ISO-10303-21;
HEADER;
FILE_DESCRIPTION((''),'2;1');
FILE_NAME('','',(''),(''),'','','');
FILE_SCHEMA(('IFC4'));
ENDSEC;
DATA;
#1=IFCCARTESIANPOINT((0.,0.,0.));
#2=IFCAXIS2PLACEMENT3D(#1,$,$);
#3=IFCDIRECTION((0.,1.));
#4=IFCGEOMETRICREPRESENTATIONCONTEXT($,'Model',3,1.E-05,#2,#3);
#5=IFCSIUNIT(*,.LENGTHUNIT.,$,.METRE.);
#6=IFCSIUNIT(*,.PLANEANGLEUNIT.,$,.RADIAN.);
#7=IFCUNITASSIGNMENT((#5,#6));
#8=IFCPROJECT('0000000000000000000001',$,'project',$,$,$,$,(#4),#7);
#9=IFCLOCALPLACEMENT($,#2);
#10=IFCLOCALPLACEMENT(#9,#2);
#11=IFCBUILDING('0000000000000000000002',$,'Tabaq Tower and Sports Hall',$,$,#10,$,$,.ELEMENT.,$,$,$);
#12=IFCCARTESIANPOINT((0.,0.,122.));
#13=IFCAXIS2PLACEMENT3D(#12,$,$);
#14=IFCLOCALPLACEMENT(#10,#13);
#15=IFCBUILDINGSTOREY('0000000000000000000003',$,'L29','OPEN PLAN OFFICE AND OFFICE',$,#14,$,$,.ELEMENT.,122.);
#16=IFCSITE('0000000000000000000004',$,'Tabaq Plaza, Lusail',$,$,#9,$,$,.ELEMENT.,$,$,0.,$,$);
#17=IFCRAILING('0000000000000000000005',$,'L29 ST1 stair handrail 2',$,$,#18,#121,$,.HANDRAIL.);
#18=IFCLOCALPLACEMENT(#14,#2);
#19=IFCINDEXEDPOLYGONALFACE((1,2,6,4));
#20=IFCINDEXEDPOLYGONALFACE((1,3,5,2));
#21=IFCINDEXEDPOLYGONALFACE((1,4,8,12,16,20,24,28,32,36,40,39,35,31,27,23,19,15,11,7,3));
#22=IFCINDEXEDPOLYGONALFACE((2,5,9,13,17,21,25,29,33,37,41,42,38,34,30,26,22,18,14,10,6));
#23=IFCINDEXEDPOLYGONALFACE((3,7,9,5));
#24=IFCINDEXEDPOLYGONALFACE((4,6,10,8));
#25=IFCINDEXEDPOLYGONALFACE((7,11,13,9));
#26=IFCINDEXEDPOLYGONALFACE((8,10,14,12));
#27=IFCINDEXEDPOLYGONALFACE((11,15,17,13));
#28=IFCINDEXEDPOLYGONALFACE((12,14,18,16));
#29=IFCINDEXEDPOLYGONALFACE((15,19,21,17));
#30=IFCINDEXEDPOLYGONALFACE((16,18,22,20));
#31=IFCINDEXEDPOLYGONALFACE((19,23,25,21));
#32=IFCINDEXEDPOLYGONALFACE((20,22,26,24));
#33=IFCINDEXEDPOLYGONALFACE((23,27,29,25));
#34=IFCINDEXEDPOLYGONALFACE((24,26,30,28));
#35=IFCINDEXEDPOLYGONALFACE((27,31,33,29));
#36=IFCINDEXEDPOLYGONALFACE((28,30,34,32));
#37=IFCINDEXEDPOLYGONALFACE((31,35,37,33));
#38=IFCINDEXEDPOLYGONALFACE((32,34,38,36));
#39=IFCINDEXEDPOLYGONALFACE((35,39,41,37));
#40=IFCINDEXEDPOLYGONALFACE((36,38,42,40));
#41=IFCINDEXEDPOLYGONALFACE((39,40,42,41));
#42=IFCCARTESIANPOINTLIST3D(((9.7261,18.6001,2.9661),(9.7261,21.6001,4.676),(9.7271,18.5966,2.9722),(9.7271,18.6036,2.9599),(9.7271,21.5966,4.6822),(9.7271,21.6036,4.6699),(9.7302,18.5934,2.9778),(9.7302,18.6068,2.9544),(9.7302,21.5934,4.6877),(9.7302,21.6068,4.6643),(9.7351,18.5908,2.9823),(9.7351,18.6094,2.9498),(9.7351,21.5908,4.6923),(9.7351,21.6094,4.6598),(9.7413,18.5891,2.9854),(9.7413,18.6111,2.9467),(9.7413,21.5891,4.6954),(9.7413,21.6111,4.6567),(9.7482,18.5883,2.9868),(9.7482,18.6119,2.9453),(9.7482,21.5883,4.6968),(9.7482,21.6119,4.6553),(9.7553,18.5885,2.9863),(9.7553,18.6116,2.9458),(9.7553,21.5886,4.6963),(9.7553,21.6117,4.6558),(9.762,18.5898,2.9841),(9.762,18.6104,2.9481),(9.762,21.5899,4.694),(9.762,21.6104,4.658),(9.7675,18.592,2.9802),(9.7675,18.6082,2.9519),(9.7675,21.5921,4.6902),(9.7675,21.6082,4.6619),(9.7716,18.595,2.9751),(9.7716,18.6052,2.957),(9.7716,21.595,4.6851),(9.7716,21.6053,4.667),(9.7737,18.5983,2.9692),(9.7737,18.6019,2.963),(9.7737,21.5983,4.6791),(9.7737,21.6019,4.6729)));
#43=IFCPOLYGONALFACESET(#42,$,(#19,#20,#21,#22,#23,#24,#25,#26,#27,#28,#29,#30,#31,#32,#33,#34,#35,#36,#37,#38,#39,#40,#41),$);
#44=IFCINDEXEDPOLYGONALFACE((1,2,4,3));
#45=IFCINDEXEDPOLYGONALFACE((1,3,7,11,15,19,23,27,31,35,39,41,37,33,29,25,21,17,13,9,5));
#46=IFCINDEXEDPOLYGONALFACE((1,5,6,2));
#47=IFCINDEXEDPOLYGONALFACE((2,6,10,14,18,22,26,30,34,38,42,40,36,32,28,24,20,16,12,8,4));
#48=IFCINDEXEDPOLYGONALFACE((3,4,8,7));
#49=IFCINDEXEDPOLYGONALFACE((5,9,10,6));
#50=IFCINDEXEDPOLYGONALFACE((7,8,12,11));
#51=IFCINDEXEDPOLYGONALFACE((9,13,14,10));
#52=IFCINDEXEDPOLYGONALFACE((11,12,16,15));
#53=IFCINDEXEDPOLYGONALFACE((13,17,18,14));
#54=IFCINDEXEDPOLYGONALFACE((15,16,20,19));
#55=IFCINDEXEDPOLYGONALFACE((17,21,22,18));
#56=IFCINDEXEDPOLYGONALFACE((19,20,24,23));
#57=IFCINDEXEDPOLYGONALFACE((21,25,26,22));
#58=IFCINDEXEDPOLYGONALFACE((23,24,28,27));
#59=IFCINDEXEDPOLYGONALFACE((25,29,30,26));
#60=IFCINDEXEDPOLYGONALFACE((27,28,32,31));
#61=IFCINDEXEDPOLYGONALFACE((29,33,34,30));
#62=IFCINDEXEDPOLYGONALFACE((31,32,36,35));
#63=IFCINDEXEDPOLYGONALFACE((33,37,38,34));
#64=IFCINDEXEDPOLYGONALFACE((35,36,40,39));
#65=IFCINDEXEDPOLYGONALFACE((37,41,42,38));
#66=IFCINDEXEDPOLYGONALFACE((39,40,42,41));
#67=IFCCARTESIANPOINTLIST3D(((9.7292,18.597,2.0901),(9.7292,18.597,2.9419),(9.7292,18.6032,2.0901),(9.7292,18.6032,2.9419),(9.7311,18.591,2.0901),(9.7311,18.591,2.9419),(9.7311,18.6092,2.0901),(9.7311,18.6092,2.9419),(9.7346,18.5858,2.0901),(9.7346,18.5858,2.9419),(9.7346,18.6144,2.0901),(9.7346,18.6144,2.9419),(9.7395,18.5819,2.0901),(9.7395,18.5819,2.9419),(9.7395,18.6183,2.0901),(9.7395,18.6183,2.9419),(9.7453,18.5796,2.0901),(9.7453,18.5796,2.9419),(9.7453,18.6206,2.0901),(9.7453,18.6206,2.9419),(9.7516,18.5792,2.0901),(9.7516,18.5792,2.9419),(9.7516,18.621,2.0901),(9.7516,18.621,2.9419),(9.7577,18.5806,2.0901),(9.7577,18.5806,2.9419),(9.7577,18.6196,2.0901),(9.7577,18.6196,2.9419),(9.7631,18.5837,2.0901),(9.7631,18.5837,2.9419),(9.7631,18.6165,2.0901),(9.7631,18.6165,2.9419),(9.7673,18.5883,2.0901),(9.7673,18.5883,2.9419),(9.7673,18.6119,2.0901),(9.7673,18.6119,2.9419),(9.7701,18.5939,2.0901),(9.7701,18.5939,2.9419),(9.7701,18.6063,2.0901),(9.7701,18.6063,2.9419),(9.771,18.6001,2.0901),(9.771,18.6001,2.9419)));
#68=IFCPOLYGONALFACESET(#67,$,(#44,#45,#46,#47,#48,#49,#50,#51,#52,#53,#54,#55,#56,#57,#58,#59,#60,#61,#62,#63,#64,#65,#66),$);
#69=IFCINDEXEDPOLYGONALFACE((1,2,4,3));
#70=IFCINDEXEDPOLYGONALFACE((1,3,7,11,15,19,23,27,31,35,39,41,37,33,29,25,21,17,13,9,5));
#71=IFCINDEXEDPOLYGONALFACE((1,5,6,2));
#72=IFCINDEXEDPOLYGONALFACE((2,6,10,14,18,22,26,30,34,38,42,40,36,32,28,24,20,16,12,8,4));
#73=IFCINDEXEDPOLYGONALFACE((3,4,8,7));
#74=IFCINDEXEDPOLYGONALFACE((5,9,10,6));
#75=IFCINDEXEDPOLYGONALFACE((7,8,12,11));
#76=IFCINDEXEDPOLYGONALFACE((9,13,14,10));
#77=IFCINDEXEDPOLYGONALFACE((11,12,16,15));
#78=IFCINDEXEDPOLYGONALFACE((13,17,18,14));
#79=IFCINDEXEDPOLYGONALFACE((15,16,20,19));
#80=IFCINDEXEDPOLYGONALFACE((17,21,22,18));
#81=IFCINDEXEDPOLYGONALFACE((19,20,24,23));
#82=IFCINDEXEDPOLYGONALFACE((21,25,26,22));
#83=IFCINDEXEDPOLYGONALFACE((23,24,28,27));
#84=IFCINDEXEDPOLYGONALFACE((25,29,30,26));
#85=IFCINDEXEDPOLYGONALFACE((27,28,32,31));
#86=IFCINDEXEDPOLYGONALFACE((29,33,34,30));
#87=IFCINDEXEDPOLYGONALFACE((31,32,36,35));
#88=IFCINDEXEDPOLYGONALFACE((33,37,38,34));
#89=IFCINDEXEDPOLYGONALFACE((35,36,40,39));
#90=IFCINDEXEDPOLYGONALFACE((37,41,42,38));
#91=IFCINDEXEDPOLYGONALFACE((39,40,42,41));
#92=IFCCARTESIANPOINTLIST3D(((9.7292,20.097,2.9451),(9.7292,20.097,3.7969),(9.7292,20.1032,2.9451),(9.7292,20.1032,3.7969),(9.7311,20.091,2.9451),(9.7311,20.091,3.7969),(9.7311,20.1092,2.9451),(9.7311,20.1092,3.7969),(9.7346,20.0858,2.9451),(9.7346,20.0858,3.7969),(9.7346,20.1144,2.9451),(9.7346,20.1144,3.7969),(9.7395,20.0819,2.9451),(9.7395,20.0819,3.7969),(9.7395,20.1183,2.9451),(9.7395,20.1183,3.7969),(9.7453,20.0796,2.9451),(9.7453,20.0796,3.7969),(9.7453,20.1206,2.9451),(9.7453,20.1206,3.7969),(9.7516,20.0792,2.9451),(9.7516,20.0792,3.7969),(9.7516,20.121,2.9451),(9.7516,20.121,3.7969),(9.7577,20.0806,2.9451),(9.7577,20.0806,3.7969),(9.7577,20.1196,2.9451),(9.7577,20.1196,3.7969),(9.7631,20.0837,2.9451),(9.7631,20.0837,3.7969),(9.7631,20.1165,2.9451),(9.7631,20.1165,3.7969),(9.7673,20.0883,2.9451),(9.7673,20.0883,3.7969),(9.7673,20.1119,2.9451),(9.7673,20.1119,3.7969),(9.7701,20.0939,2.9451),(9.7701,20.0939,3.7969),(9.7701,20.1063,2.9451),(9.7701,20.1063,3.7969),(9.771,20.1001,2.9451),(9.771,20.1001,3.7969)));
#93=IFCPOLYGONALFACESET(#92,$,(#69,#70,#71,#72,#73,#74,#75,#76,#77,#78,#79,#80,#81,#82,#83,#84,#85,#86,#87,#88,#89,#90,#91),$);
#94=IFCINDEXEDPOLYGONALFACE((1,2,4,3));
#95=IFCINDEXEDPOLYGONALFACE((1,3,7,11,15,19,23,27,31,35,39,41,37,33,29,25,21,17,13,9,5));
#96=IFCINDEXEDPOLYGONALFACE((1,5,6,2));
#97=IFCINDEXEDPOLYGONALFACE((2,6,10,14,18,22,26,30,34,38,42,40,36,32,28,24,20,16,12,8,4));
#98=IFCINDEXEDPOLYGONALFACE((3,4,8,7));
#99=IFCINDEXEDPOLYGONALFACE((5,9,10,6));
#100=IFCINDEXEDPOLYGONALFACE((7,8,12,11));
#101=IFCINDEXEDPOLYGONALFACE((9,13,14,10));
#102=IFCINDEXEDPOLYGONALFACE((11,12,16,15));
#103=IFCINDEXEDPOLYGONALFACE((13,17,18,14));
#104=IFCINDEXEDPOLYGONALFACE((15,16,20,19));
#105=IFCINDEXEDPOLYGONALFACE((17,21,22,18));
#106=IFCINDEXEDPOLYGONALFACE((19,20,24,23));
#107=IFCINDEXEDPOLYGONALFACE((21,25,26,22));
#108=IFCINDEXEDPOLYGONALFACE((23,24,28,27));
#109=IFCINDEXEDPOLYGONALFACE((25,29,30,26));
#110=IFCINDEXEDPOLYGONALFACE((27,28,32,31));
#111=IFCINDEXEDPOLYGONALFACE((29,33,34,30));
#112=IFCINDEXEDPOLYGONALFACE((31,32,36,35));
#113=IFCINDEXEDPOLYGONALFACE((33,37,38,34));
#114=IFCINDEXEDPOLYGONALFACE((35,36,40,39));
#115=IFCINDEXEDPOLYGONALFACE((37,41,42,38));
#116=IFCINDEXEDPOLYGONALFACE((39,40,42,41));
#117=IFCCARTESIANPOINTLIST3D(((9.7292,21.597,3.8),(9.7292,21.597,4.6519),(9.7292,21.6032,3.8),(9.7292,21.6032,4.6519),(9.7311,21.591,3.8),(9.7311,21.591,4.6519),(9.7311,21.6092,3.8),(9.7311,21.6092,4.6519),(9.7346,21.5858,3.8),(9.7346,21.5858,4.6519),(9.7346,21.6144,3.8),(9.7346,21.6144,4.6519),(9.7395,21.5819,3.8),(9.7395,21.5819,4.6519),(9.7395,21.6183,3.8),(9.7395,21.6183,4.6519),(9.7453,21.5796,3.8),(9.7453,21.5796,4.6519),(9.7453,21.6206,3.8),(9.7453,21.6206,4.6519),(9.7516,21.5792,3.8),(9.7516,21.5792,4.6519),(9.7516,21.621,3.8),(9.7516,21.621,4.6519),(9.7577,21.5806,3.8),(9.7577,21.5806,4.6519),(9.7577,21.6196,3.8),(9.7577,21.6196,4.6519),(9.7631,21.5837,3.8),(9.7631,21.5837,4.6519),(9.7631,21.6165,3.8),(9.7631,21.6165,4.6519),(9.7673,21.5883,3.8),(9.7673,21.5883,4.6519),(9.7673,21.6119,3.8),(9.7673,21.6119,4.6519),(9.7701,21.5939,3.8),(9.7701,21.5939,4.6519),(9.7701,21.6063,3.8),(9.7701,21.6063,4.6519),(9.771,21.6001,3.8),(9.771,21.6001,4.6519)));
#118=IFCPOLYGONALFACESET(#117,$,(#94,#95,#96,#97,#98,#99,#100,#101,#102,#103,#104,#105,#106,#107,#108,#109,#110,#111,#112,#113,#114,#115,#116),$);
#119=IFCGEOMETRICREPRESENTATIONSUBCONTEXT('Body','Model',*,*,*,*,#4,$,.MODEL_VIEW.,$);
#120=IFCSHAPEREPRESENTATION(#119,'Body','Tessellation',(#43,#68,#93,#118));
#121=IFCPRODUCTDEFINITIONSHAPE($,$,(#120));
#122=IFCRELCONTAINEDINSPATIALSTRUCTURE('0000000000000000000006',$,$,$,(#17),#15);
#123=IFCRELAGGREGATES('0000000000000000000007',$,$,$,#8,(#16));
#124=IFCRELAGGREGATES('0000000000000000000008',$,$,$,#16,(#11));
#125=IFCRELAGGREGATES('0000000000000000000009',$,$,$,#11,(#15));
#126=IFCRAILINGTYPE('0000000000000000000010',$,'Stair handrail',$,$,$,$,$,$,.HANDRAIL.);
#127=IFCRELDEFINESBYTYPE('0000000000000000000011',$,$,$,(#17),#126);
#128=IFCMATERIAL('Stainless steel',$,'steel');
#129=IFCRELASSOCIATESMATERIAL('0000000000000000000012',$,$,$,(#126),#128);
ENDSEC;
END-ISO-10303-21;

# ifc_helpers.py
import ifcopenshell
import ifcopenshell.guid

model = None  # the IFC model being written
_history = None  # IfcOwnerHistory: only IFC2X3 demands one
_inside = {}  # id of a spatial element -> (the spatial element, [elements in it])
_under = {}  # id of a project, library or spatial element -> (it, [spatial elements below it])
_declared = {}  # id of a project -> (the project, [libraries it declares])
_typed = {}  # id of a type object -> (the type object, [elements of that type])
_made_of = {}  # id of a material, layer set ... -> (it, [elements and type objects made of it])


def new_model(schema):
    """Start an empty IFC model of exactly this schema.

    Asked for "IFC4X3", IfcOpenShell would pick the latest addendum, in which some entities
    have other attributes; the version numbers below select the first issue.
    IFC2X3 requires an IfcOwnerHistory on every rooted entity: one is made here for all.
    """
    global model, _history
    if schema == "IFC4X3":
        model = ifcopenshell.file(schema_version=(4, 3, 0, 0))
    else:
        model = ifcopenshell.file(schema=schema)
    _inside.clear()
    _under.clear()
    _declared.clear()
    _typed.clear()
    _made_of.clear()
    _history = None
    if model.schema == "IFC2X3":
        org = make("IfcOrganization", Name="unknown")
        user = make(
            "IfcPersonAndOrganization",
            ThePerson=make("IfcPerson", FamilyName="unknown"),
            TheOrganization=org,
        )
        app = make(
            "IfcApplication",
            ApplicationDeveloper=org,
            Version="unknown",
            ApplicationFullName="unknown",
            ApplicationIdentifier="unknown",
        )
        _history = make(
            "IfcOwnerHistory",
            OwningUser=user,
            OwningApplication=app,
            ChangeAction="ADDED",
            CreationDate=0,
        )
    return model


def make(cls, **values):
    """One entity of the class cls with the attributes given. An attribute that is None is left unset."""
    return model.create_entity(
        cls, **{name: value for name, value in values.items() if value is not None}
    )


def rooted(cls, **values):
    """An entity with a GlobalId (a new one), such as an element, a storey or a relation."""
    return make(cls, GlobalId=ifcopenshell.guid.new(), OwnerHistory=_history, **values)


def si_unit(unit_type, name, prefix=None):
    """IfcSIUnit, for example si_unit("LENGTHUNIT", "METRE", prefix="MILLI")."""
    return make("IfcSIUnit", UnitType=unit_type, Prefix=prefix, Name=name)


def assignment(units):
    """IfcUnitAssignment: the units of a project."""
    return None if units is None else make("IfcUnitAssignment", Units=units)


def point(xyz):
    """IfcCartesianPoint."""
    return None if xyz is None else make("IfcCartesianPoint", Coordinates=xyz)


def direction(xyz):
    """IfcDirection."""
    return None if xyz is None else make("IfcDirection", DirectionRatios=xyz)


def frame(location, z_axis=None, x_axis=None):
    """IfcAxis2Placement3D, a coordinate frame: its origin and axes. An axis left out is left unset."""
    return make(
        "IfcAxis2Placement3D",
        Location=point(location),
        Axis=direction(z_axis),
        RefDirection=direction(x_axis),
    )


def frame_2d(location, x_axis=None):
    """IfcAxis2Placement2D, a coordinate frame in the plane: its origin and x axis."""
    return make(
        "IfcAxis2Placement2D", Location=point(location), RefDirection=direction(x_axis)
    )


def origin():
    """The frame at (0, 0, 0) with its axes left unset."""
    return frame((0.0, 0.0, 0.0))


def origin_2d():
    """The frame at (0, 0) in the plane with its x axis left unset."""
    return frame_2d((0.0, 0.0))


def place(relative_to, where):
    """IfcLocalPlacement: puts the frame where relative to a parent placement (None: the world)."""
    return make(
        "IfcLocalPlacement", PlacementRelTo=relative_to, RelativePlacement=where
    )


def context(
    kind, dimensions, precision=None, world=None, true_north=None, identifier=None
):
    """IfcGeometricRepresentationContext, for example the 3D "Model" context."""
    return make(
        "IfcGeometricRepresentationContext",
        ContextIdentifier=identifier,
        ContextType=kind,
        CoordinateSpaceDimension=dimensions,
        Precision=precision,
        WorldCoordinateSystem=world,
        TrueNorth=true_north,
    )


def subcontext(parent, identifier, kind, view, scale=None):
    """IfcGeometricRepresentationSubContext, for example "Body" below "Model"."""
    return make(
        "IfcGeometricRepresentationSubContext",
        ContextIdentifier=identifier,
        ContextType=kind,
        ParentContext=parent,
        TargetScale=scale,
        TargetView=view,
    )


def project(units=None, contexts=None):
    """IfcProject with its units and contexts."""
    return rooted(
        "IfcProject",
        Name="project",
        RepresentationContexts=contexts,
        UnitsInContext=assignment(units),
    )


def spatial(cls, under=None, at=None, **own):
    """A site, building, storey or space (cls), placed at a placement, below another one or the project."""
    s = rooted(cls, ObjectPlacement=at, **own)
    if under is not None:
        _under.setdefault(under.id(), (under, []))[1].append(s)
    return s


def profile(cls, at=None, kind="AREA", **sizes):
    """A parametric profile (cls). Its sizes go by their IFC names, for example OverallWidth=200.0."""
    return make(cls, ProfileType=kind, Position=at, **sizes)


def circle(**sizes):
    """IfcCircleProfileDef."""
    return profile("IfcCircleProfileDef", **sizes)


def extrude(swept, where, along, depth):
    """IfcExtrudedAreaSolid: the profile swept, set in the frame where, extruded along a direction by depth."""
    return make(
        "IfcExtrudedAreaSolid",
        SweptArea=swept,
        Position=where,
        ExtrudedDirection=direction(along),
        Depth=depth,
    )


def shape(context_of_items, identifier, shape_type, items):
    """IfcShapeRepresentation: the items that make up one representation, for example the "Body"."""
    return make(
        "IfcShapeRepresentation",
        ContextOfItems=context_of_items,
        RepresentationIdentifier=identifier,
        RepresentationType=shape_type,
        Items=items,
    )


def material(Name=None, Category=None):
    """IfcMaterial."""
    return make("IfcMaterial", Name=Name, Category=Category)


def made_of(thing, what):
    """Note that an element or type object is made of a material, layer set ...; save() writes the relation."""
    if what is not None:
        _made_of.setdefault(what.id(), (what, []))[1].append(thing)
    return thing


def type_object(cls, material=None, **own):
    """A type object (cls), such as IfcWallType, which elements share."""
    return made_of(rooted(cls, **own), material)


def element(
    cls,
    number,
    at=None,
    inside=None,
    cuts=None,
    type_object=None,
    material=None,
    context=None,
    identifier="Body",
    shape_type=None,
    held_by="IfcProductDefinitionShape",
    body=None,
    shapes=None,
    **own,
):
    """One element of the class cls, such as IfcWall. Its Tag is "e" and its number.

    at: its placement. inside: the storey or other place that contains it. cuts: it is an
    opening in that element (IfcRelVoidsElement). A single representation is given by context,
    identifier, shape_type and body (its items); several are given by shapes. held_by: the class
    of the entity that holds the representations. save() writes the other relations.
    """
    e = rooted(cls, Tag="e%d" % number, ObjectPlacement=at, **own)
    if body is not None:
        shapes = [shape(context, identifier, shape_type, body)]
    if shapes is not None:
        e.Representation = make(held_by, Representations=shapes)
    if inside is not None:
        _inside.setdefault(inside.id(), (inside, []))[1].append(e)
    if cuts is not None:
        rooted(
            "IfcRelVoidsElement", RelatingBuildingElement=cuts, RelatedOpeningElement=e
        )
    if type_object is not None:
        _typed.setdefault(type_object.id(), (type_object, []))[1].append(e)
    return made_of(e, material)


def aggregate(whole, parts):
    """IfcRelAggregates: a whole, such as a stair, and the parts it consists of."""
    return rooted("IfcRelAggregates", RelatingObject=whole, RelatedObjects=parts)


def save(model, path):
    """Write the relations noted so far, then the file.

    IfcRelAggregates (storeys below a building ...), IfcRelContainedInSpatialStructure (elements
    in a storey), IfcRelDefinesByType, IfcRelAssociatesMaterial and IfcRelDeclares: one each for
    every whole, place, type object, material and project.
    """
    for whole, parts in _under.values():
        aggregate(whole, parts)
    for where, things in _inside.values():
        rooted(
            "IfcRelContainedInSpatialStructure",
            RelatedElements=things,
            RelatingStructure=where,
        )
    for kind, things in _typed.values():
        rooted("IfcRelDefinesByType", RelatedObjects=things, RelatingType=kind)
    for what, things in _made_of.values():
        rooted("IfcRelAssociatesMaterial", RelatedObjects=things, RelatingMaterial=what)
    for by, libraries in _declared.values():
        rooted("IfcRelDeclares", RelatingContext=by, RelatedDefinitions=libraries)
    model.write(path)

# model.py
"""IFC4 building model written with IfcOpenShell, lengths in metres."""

from ifc_helpers import new_model, si_unit, direction, frame, origin, origin_2d, place, context, subcontext, project, spatial, circle, extrude, material, type_object, element, save


model = new_model("IFC4")

# Units and contexts
model_context = context("Model", 3, precision=1e-05, world=origin(), true_north=direction((0.0, 1.0)))
body_context = subcontext(model_context, "Body", "Model", "MODEL_VIEW")
ifc_project = project(units=[si_unit("LENGTHUNIT", "METRE"), si_unit("PLANEANGLEUNIT", "RADIAN")], contexts=[model_context])

# Site, building, storey
site_placement = place(None, origin())
site = spatial("IfcSite", under=ifc_project, at=site_placement, Name="Tabaq Plaza, Lusail", CompositionType="ELEMENT", RefElevation=0.0)
building_placement = place(site_placement, origin())
building = spatial("IfcBuilding", under=site, at=building_placement, Name="Tabaq Tower and Sports Hall", CompositionType="ELEMENT")
storey_placement = place(building_placement, frame((0.0, 0.0, 122.0)))
storey = spatial("IfcBuildingStorey", under=building, at=storey_placement, Name="L29", Description="OPEN PLAN OFFICE AND OFFICE", CompositionType="ELEMENT", Elevation=122.0)

# Railing
ifc_material_1 = material(Name="Stainless steel", Category="steel")
railing_type_1 = type_object("IfcRailingType", Name="Stair handrail", PredefinedType="HANDRAIL", material=ifc_material_1)
railing_1_placement = place(storey_placement, frame((9.75, 18.6001, 2.0901)))
element("IfcRailing", 1, at=railing_1_placement, inside=storey, type_object=railing_type_1, Name="L29 ST1 stair handrail 2", PredefinedType="HANDRAIL", context=body_context, shape_type="SweptSolid", body=[
    extrude(circle(Radius=0.0239, at=origin_2d()), frame((0.0, 0.0, 0.876), z_axis=(0.0, 0.868782, 0.495195), x_axis=(-1.0, 0.0, 0.0)), (0.0, 0.0, 1.0), 3.4531),
    extrude(circle(Radius=0.021, at=origin_2d()), origin(), (0.0, 0.0, 1.0), 0.8518),
    extrude(circle(Radius=0.021, at=origin_2d()), frame((0.0, 1.5, 0.855)), (0.0, 0.0, 1.0), 0.8518),
    extrude(circle(Radius=0.021, at=origin_2d()), frame((0.0, 3.0, 1.71)), (0.0, 0.0, 1.0), 0.8518),
])

save(model, "model.ifc")
